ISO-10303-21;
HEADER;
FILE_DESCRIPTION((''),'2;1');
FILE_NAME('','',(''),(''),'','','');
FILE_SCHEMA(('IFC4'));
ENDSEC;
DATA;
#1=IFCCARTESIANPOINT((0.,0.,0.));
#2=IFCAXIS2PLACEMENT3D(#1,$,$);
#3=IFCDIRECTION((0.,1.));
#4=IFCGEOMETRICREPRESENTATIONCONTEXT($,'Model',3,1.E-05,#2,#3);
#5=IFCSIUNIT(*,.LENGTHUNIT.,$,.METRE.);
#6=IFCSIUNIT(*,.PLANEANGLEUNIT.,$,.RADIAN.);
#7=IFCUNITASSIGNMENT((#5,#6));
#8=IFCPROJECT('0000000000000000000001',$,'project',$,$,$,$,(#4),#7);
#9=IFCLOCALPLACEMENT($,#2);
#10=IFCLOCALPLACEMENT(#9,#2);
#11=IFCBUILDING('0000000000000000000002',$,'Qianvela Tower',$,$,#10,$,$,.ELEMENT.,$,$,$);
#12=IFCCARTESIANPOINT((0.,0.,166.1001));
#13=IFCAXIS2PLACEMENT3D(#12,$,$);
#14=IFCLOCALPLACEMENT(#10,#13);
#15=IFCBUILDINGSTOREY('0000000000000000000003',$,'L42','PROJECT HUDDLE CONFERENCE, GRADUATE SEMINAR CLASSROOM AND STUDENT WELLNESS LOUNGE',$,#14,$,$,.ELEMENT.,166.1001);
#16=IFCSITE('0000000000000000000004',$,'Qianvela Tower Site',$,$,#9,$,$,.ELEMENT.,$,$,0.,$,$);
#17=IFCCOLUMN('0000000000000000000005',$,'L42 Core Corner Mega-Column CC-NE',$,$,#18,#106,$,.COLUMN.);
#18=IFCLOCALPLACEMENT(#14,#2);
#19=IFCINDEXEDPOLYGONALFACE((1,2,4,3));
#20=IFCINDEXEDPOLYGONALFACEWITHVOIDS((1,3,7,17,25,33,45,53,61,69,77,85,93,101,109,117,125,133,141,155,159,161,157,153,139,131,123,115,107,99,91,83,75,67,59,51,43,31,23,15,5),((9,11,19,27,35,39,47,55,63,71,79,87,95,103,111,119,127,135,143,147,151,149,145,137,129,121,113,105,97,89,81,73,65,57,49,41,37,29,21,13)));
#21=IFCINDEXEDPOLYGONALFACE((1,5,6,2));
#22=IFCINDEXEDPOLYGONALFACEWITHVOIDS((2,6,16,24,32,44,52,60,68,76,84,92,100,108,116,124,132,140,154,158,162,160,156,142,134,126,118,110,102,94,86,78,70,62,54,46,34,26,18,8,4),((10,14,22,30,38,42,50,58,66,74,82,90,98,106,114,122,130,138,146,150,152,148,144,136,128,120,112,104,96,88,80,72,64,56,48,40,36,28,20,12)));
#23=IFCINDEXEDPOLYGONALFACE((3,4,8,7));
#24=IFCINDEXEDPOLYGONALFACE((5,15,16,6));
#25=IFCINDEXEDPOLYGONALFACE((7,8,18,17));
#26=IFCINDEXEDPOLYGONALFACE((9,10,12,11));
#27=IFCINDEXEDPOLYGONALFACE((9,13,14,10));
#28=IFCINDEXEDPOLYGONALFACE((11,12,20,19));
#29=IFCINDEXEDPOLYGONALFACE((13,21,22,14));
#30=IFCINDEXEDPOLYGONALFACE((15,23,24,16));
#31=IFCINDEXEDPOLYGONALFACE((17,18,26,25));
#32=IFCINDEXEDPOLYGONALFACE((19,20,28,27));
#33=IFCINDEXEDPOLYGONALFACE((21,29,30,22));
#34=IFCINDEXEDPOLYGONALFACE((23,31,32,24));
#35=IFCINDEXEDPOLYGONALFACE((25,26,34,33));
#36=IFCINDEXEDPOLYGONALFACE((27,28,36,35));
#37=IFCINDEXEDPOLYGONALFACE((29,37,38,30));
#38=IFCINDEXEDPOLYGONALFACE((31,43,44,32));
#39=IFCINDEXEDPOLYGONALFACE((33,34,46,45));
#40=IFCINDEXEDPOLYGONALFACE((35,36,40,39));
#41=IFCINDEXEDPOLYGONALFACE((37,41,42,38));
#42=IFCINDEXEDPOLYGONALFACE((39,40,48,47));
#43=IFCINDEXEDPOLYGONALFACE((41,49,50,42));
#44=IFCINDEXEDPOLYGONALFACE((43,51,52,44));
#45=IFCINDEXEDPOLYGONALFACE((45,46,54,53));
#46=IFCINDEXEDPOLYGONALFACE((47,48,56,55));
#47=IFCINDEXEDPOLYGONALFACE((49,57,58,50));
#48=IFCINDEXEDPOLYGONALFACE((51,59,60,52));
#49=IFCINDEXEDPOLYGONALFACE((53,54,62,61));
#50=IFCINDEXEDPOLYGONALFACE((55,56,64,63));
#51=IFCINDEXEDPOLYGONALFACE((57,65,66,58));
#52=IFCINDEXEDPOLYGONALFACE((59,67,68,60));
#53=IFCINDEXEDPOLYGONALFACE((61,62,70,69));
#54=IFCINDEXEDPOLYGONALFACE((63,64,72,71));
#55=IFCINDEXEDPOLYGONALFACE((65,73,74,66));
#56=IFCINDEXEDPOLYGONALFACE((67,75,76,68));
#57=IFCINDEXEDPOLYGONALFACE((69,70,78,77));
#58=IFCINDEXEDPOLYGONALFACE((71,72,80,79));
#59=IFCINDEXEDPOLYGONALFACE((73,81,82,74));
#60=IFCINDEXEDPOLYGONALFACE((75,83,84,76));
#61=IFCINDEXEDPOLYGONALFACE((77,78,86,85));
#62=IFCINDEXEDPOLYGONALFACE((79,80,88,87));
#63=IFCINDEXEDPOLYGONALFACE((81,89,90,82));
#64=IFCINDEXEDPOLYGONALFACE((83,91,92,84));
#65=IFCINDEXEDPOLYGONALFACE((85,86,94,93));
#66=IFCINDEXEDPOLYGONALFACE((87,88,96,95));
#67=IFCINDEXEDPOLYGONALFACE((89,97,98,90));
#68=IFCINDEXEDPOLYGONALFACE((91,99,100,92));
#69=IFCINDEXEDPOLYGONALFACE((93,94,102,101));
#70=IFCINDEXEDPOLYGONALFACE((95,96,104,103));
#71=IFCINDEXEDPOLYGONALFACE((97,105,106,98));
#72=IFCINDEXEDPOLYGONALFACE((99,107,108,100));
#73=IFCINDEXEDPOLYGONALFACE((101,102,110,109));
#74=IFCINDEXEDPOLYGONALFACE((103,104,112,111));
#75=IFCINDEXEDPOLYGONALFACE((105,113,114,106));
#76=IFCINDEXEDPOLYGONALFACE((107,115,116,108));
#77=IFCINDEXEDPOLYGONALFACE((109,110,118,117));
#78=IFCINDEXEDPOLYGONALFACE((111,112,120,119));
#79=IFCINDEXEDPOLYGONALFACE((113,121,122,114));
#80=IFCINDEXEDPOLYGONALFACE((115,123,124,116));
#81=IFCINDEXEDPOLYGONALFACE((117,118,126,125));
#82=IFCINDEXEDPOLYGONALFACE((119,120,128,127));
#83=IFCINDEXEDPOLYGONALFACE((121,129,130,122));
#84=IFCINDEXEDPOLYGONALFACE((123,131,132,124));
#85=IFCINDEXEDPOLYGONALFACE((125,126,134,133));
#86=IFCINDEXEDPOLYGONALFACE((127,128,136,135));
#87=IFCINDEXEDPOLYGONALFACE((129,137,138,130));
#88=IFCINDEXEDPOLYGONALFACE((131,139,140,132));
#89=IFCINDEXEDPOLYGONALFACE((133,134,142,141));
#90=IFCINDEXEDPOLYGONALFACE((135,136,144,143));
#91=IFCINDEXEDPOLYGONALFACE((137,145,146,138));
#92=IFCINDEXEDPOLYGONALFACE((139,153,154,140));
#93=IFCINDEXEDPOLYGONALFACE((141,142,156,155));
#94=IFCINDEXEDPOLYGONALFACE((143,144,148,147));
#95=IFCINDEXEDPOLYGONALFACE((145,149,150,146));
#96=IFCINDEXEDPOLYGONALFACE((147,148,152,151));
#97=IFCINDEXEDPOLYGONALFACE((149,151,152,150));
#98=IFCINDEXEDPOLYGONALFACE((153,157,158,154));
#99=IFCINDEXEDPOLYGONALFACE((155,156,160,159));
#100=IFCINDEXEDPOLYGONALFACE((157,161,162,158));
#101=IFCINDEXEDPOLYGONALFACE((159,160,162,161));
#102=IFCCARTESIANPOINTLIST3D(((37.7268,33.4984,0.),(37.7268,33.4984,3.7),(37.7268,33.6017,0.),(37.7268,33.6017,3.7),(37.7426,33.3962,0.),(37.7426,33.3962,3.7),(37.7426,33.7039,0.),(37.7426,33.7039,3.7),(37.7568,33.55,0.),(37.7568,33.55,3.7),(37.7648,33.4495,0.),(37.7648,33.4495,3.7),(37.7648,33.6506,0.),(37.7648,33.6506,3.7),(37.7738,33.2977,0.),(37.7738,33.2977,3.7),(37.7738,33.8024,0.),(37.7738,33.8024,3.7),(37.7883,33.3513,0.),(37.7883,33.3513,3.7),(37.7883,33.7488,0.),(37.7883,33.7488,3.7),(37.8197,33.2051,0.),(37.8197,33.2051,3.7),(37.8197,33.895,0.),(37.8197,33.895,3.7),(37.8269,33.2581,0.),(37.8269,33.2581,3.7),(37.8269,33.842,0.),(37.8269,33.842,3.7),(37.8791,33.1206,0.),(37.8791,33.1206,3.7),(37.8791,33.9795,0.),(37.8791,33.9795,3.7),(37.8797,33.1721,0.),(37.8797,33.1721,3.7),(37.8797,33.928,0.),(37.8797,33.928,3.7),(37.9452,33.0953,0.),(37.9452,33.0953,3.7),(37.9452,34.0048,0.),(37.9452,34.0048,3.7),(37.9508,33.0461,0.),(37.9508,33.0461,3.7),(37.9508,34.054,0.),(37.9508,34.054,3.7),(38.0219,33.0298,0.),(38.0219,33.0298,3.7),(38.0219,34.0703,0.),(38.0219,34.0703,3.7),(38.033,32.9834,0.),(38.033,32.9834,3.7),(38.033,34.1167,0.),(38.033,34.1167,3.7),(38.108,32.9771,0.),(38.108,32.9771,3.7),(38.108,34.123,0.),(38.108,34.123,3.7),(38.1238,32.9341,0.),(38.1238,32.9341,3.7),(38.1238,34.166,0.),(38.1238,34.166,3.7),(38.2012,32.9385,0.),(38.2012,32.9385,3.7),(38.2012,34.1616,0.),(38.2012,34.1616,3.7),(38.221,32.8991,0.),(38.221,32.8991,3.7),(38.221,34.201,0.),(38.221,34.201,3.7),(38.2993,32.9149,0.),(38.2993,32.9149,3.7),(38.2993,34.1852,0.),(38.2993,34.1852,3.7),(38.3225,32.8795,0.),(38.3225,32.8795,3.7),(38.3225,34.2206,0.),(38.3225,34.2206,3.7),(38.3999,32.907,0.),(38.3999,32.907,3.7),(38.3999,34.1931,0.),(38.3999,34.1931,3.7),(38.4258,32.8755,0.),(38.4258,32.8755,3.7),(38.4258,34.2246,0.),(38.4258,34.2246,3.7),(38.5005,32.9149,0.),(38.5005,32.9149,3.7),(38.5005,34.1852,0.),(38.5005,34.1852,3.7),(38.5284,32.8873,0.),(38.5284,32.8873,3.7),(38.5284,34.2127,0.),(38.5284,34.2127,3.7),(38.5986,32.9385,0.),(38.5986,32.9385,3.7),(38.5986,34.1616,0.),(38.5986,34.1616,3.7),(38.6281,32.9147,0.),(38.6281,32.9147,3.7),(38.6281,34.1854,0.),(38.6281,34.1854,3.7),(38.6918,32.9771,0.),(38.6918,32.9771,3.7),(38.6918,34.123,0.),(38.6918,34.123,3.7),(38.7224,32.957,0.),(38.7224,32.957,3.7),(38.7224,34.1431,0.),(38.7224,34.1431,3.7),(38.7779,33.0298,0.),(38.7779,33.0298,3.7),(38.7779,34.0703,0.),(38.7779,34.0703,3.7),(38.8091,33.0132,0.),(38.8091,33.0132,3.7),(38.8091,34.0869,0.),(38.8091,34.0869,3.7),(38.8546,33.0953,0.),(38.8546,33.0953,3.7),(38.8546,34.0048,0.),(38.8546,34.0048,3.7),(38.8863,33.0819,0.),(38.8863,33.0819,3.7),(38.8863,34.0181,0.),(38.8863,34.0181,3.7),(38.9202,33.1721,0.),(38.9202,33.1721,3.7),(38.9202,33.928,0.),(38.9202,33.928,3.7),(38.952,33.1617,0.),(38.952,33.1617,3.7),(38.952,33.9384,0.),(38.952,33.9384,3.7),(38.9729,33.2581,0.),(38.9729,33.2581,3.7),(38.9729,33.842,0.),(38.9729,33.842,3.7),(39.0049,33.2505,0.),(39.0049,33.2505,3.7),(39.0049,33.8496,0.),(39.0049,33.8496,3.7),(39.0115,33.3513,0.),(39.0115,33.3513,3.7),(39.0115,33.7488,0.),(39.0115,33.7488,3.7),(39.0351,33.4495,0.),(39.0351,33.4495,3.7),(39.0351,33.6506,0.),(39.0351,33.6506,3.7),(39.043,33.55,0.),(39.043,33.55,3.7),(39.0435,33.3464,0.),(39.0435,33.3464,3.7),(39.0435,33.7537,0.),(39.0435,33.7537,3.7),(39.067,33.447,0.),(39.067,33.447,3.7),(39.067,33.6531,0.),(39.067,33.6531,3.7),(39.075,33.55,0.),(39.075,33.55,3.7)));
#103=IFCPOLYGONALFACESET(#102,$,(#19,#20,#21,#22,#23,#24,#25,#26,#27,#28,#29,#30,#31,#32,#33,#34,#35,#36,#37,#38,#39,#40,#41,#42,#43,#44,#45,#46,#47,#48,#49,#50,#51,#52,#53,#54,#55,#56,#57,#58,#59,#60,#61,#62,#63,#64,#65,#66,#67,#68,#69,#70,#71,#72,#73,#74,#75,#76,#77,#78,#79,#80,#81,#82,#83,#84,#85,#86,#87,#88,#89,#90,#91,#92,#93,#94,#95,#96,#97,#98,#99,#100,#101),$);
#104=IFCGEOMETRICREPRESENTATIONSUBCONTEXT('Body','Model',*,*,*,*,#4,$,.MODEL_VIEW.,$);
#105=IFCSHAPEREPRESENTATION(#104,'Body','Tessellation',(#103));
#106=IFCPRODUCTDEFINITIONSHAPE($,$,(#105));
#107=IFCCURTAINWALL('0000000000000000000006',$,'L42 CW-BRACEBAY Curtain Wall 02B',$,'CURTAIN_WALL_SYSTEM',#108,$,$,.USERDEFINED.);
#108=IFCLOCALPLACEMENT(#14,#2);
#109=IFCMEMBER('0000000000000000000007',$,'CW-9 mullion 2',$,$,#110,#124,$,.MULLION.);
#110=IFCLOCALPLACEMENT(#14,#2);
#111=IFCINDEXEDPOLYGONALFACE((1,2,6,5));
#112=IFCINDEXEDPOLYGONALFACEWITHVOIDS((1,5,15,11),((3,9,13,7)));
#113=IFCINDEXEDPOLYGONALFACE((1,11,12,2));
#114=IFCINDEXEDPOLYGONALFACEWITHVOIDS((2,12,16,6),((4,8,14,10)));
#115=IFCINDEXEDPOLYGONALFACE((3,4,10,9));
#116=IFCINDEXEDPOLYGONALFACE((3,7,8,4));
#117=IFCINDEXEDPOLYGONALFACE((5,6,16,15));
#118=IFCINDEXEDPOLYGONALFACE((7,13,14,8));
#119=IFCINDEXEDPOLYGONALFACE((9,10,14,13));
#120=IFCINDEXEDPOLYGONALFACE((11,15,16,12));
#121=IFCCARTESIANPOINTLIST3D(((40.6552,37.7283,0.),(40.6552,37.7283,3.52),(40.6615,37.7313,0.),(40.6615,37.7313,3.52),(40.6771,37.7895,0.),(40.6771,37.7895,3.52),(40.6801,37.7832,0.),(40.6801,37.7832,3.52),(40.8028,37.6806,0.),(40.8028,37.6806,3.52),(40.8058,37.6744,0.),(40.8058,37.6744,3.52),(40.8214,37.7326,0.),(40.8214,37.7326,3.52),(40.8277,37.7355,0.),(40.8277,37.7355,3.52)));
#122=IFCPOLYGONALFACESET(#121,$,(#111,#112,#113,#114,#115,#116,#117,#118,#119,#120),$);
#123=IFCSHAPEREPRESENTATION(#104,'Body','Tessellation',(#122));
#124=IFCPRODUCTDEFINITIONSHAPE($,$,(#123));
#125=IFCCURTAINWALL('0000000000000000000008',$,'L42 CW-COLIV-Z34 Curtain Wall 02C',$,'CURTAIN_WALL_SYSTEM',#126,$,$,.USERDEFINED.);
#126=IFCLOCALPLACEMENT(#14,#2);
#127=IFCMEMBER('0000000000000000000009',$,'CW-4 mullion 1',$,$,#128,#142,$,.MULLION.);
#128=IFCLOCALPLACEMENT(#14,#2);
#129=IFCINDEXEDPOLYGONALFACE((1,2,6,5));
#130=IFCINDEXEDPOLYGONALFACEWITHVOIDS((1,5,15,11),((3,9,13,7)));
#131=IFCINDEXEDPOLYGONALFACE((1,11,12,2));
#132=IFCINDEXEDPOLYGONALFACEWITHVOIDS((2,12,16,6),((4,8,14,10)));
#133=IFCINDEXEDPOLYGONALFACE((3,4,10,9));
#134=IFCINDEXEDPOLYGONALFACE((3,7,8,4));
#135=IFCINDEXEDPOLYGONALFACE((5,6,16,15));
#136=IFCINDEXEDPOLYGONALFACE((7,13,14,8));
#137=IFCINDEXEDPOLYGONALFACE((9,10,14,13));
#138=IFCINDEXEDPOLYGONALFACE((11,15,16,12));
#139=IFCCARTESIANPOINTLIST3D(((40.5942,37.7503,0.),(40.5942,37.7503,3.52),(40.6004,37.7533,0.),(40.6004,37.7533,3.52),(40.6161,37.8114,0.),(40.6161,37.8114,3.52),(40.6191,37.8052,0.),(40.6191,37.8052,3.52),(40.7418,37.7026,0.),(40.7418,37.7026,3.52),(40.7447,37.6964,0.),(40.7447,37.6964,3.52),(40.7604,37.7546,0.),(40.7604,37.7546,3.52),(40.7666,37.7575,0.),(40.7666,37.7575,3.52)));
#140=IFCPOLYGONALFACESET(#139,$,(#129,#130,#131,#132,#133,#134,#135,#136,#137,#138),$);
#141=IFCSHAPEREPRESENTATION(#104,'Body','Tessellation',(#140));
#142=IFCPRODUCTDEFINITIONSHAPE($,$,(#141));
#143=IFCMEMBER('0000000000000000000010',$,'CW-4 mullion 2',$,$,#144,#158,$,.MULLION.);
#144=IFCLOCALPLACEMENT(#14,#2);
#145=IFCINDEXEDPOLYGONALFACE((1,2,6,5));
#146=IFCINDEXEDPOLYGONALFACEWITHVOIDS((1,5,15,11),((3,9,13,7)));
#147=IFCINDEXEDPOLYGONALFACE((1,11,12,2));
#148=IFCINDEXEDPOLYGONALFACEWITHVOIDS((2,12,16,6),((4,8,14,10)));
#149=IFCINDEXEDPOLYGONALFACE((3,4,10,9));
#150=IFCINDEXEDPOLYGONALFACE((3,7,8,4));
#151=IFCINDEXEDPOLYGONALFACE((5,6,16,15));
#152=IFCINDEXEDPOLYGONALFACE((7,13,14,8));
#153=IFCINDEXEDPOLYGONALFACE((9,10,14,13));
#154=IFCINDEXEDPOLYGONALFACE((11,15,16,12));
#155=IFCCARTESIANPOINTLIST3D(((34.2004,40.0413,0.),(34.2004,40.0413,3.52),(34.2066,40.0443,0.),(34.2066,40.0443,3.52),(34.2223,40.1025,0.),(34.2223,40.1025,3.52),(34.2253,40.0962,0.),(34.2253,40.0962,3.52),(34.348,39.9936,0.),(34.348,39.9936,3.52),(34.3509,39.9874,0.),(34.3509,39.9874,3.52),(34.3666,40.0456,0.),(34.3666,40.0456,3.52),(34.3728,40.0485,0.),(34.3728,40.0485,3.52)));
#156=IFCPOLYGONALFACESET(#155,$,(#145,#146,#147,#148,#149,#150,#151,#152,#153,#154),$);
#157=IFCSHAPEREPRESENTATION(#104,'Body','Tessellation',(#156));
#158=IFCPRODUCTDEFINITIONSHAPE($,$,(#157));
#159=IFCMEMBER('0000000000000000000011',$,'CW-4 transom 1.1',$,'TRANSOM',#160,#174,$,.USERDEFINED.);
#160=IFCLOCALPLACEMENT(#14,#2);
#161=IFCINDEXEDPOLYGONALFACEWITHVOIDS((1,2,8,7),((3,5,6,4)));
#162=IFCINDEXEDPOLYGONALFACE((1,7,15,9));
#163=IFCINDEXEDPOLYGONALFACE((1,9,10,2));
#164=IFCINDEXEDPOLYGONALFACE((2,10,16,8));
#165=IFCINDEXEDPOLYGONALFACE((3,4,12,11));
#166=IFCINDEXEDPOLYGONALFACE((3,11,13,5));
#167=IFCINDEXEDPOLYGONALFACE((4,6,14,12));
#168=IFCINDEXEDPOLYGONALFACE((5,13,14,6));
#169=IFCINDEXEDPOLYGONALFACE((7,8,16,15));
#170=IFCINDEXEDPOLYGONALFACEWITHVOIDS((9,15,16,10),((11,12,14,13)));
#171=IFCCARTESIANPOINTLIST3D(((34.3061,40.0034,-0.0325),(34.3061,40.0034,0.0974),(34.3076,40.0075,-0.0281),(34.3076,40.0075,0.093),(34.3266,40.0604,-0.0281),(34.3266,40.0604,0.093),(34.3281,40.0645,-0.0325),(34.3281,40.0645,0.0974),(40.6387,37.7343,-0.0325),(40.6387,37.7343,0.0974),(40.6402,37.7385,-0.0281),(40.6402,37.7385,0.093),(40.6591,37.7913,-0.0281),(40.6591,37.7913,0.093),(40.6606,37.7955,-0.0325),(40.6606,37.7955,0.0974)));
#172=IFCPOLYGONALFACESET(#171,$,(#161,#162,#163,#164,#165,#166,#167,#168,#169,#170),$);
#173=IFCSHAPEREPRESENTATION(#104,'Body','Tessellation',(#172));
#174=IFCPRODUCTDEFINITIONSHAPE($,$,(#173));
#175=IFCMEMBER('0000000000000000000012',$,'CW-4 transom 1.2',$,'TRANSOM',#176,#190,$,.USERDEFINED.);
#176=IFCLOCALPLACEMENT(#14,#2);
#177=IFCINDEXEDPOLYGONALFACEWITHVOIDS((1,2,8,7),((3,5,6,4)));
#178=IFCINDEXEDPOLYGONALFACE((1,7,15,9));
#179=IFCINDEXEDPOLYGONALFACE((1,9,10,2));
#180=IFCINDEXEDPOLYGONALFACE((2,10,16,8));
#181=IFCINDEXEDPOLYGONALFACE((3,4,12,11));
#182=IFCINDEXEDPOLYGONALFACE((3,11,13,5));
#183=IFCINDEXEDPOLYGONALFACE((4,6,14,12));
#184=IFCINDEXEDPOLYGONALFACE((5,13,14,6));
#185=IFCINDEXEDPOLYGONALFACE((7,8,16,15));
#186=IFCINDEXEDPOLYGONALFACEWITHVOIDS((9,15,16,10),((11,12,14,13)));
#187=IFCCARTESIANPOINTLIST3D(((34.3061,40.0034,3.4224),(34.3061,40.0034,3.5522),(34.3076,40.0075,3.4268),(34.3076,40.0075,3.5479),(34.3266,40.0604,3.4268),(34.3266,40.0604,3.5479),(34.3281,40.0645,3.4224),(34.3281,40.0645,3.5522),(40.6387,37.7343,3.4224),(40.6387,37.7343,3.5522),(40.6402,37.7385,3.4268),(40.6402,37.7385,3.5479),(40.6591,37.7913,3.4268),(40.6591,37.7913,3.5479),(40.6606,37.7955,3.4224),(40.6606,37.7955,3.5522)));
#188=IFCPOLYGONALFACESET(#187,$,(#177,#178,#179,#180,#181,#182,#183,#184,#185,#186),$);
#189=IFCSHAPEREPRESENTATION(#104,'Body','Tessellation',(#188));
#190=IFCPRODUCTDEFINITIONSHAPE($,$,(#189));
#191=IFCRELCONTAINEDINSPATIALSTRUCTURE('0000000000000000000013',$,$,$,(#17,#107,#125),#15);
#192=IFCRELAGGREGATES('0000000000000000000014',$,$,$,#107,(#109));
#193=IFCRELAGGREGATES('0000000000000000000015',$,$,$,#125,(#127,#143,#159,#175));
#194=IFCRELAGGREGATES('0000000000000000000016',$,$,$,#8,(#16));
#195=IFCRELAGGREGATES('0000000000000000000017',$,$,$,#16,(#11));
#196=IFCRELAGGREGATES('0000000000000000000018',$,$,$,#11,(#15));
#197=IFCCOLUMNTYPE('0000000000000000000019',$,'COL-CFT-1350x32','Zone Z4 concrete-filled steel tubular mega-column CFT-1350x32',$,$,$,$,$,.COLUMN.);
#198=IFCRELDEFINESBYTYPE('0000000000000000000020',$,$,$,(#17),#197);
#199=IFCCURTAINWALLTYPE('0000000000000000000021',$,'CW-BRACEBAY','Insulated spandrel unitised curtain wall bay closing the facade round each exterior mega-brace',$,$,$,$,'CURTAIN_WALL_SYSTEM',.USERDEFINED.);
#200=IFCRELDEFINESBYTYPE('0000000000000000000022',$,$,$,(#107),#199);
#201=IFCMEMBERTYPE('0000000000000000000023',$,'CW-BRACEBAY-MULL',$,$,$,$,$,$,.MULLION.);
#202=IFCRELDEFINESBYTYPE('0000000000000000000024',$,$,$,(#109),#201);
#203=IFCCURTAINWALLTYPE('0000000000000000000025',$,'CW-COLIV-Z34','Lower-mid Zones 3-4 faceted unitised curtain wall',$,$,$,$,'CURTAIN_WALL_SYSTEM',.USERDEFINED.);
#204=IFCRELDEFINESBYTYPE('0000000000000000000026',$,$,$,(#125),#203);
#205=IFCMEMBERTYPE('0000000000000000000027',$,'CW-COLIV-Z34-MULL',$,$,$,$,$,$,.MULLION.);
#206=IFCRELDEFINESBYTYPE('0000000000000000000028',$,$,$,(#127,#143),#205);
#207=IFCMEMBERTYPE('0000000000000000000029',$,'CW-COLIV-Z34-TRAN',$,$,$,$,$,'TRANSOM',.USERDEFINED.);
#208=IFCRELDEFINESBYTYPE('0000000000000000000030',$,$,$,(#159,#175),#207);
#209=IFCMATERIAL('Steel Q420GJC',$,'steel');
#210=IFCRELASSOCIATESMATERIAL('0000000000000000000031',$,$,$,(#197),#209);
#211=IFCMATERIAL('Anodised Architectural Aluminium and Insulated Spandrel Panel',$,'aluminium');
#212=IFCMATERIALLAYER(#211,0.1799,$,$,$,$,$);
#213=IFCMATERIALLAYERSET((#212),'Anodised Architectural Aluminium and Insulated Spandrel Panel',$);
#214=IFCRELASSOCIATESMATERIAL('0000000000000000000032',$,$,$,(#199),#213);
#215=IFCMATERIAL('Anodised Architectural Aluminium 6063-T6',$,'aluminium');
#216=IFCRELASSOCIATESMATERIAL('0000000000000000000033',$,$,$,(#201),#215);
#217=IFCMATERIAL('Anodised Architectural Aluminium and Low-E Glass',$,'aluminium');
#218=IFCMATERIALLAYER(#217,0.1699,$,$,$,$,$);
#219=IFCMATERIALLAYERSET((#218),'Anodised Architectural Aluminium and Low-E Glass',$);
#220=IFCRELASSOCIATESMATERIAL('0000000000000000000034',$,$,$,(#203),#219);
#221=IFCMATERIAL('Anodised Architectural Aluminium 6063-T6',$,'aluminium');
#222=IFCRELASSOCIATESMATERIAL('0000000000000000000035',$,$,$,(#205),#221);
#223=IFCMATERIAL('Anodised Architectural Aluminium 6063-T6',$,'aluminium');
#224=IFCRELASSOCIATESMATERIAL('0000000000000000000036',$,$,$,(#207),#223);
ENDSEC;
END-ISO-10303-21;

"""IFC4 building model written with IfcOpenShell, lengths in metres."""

from ifc_helpers import new_model, si_unit, direction, frame, origin, origin_2d, place, context, subcontext, project, spatial, hollow_rectangle, hollow_circle, extrude, material, layer, layer_set, material_profile, profile_set, type_object, element, aggregate, save


model = new_model("IFC4")

# Units and contexts
model_context = context("Model", 3, precision=1e-05, world=origin(), true_north=direction((0.0, 1.0)))
body_context = subcontext(model_context, "Body", "Model", "MODEL_VIEW")
ifc_project = project(units=[si_unit("LENGTHUNIT", "METRE"), si_unit("PLANEANGLEUNIT", "RADIAN")], contexts=[model_context])

# Site, building, storey
site_placement = place(None, origin())
site = spatial("IfcSite", under=ifc_project, at=site_placement, Name="Qianvela Tower Site", CompositionType="ELEMENT", RefElevation=0.0)
building_placement = place(site_placement, origin())
building = spatial("IfcBuilding", under=site, at=building_placement, Name="Qianvela Tower", CompositionType="ELEMENT")
storey_placement = place(building_placement, frame((0.0, 0.0, 166.1001)))
storey = spatial("IfcBuildingStorey", under=building, at=storey_placement, Name="L42", Description="PROJECT HUDDLE CONFERENCE, GRADUATE SEMINAR CLASSROOM AND STUDENT WELLNESS LOUNGE", CompositionType="ELEMENT", Elevation=166.1001)

# Column
ifc_material_1 = material(Name="Steel Q420GJC", Category="steel")
ifc_material_profile_1 = material_profile(ifc_material_1, hollow_circle(Radius=0.675, WallThickness=0.032, at=origin_2d()), Name="CFT-1350x32")
ifc_profile_set_1 = profile_set([ifc_material_profile_1], Name="Steel Q420GJC")
column_type = type_object("IfcColumnType", Name="COL-CFT-1350x32", Description="Zone Z4 concrete-filled steel tubular mega-column CFT-1350x32", PredefinedType="COLUMN", material=ifc_profile_set_1)
column_placement = place(storey_placement, frame((38.3999, 33.55, 0.0), z_axis=(0.0, 0.0, 1.0), x_axis=(1.0, 0.0, 0.0)))
element("IfcColumn", 1, at=column_placement, inside=storey, type_object=column_type, Name="L42 Core Corner Mega-Column CC-NE", PredefinedType="COLUMN", context=body_context, shape_type="SweptSolid", body=[
    extrude(hollow_circle(Radius=0.675, WallThickness=0.032, at=origin_2d()), origin(), (0.0, 0.0, 1.0), 3.7),
])

# Curtain wall, member
ifc_material_2 = material(Name="Anodised Architectural Aluminium and Insulated Spandrel Panel", Category="aluminium")
ifc_layer_1 = layer(ifc_material_2, 0.1799)
ifc_layer_set_1 = layer_set([ifc_layer_1], Name="Anodised Architectural Aluminium and Insulated Spandrel Panel")
curtain_wall_type_1 = type_object("IfcCurtainWallType", Name="CW-BRACEBAY", Description="Insulated spandrel unitised curtain wall bay closing the facade round each exterior mega-brace", ElementType="CURTAIN_WALL_SYSTEM", PredefinedType="USERDEFINED", material=ifc_layer_set_1)
curtain_wall_1_placement = place(storey_placement, origin())
curtain_wall_1 = element("IfcCurtainWall", 2, at=curtain_wall_1_placement, inside=storey, type_object=curtain_wall_type_1, Name="L42 CW-BRACEBAY Curtain Wall 02B", ObjectType="CURTAIN_WALL_SYSTEM", PredefinedType="USERDEFINED")
ifc_material_3 = material(Name="Anodised Architectural Aluminium 6063-T6", Category="aluminium")
ifc_material_profile_2 = material_profile(ifc_material_3, hollow_rectangle(XDim=0.0649, YDim=0.1599, WallThickness=0.0049, at=origin_2d()), Name="ALU-MULL-65x160")
ifc_profile_set_2 = profile_set([ifc_material_profile_2], Name="Anodised Architectural Aluminium 6063-T6")
member_type_1 = type_object("IfcMemberType", Name="CW-BRACEBAY-MULL", PredefinedType="MULLION", material=ifc_profile_set_2)
member_1_placement = place(storey_placement, frame((40.7415, 37.7319, 0.0), z_axis=(0.0, 0.0, 1.0), x_axis=(-0.337302, -0.941397, 0.0)))
member_1 = element("IfcMember", 3, at=member_1_placement, type_object=member_type_1, Name="CW-9 mullion 2", PredefinedType="MULLION", context=body_context, shape_type="SweptSolid", body=[
    extrude(hollow_rectangle(XDim=0.0649, YDim=0.1599, WallThickness=0.0049, at=origin_2d()), origin(), (0.0, 0.0, 1.0), 3.52),
])
aggregate(curtain_wall_1, [member_1])

# Curtain wall, members
ifc_material_4 = material(Name="Anodised Architectural Aluminium and Low-E Glass", Category="aluminium")
ifc_layer_2 = layer(ifc_material_4, 0.1699)
ifc_layer_set_2 = layer_set([ifc_layer_2], Name="Anodised Architectural Aluminium and Low-E Glass")
curtain_wall_type_2 = type_object("IfcCurtainWallType", Name="CW-COLIV-Z34", Description="Lower-mid Zones 3-4 faceted unitised curtain wall", ElementType="CURTAIN_WALL_SYSTEM", PredefinedType="USERDEFINED", material=ifc_layer_set_2)
curtain_wall_2_placement = place(storey_placement, origin())
curtain_wall_2 = element("IfcCurtainWall", 4, at=curtain_wall_2_placement, inside=storey, type_object=curtain_wall_type_2, Name="L42 CW-COLIV-Z34 Curtain Wall 02C", ObjectType="CURTAIN_WALL_SYSTEM", PredefinedType="USERDEFINED")
ifc_material_5 = material(Name="Anodised Architectural Aluminium 6063-T6", Category="aluminium")
ifc_material_profile_3 = material_profile(ifc_material_5, hollow_rectangle(XDim=0.0649, YDim=0.1599, WallThickness=0.0049, at=origin_2d()), Name="ALU-MULL-65x160")
ifc_profile_set_3 = profile_set([ifc_material_profile_3], Name="Anodised Architectural Aluminium 6063-T6")
member_type_2 = type_object("IfcMemberType", Name="CW-COLIV-Z34-MULL", PredefinedType="MULLION", material=ifc_profile_set_3)
member_2_placement = place(storey_placement, frame((40.6804, 37.7539, 0.0), z_axis=(0.0, 0.0, 1.0), x_axis=(-0.33731, -0.941394, 0.0)))
member_2 = element("IfcMember", 5, at=member_2_placement, type_object=member_type_2, Name="CW-4 mullion 1", PredefinedType="MULLION", context=body_context, shape_type="SweptSolid", body=[
    extrude(hollow_rectangle(XDim=0.0649, YDim=0.1599, WallThickness=0.0049, at=origin_2d()), origin(), (0.0, 0.0, 1.0), 3.52),
])
member_3_placement = place(storey_placement, frame((34.2866, 40.0449, 0.0), z_axis=(0.0, 0.0, 1.0), x_axis=(-0.33731, -0.941394, 0.0)))
member_3 = element("IfcMember", 6, at=member_3_placement, type_object=member_type_2, Name="CW-4 mullion 2", PredefinedType="MULLION", context=body_context, shape_type="SweptSolid", body=[
    extrude(hollow_rectangle(XDim=0.0649, YDim=0.1599, WallThickness=0.0049, at=origin_2d()), origin(), (0.0, 0.0, 1.0), 3.52),
])
ifc_material_6 = material(Name="Anodised Architectural Aluminium 6063-T6", Category="aluminium")
ifc_material_profile_4 = material_profile(ifc_material_6, hollow_rectangle(XDim=0.0649, YDim=0.1299, WallThickness=0.0044, at=origin_2d()), Name="ALU-TRAN-65x130")
ifc_profile_set_4 = profile_set([ifc_material_profile_4], Name="Anodised Architectural Aluminium 6063-T6")
member_type_3 = type_object("IfcMemberType", Name="CW-COLIV-Z34-TRAN", ElementType="TRANSOM", PredefinedType="USERDEFINED", material=ifc_profile_set_4)
member_4_placement = place(storey_placement, frame((40.6497, 37.7649, 0.0325), z_axis=(-0.941392, 0.337316, 0.0), x_axis=(-0.337316, -0.941392, 0.0)))
member_4 = element("IfcMember", 7, at=member_4_placement, type_object=member_type_3, Name="CW-4 transom 1.1", ObjectType="TRANSOM", PredefinedType="USERDEFINED", context=body_context, shape_type="SweptSolid", body=[
    extrude(hollow_rectangle(XDim=0.0649, YDim=0.1299, WallThickness=0.0044, at=origin_2d()), origin(), (0.0, 0.0, 1.0), 6.7268),
])
member_5_placement = place(storey_placement, frame((40.6497, 37.7649, 3.4873), z_axis=(-0.941392, 0.337316, 0.0), x_axis=(-0.337316, -0.941392, 0.0)))
member_5 = element("IfcMember", 8, at=member_5_placement, type_object=member_type_3, Name="CW-4 transom 1.2", ObjectType="TRANSOM", PredefinedType="USERDEFINED", context=body_context, shape_type="SweptSolid", body=[
    extrude(hollow_rectangle(XDim=0.0649, YDim=0.1299, WallThickness=0.0044, at=origin_2d()), origin(), (0.0, 0.0, 1.0), 6.7268),
])
aggregate(curtain_wall_2, [member_2, member_3, member_4, member_5])

save(model, "model.ifc")
